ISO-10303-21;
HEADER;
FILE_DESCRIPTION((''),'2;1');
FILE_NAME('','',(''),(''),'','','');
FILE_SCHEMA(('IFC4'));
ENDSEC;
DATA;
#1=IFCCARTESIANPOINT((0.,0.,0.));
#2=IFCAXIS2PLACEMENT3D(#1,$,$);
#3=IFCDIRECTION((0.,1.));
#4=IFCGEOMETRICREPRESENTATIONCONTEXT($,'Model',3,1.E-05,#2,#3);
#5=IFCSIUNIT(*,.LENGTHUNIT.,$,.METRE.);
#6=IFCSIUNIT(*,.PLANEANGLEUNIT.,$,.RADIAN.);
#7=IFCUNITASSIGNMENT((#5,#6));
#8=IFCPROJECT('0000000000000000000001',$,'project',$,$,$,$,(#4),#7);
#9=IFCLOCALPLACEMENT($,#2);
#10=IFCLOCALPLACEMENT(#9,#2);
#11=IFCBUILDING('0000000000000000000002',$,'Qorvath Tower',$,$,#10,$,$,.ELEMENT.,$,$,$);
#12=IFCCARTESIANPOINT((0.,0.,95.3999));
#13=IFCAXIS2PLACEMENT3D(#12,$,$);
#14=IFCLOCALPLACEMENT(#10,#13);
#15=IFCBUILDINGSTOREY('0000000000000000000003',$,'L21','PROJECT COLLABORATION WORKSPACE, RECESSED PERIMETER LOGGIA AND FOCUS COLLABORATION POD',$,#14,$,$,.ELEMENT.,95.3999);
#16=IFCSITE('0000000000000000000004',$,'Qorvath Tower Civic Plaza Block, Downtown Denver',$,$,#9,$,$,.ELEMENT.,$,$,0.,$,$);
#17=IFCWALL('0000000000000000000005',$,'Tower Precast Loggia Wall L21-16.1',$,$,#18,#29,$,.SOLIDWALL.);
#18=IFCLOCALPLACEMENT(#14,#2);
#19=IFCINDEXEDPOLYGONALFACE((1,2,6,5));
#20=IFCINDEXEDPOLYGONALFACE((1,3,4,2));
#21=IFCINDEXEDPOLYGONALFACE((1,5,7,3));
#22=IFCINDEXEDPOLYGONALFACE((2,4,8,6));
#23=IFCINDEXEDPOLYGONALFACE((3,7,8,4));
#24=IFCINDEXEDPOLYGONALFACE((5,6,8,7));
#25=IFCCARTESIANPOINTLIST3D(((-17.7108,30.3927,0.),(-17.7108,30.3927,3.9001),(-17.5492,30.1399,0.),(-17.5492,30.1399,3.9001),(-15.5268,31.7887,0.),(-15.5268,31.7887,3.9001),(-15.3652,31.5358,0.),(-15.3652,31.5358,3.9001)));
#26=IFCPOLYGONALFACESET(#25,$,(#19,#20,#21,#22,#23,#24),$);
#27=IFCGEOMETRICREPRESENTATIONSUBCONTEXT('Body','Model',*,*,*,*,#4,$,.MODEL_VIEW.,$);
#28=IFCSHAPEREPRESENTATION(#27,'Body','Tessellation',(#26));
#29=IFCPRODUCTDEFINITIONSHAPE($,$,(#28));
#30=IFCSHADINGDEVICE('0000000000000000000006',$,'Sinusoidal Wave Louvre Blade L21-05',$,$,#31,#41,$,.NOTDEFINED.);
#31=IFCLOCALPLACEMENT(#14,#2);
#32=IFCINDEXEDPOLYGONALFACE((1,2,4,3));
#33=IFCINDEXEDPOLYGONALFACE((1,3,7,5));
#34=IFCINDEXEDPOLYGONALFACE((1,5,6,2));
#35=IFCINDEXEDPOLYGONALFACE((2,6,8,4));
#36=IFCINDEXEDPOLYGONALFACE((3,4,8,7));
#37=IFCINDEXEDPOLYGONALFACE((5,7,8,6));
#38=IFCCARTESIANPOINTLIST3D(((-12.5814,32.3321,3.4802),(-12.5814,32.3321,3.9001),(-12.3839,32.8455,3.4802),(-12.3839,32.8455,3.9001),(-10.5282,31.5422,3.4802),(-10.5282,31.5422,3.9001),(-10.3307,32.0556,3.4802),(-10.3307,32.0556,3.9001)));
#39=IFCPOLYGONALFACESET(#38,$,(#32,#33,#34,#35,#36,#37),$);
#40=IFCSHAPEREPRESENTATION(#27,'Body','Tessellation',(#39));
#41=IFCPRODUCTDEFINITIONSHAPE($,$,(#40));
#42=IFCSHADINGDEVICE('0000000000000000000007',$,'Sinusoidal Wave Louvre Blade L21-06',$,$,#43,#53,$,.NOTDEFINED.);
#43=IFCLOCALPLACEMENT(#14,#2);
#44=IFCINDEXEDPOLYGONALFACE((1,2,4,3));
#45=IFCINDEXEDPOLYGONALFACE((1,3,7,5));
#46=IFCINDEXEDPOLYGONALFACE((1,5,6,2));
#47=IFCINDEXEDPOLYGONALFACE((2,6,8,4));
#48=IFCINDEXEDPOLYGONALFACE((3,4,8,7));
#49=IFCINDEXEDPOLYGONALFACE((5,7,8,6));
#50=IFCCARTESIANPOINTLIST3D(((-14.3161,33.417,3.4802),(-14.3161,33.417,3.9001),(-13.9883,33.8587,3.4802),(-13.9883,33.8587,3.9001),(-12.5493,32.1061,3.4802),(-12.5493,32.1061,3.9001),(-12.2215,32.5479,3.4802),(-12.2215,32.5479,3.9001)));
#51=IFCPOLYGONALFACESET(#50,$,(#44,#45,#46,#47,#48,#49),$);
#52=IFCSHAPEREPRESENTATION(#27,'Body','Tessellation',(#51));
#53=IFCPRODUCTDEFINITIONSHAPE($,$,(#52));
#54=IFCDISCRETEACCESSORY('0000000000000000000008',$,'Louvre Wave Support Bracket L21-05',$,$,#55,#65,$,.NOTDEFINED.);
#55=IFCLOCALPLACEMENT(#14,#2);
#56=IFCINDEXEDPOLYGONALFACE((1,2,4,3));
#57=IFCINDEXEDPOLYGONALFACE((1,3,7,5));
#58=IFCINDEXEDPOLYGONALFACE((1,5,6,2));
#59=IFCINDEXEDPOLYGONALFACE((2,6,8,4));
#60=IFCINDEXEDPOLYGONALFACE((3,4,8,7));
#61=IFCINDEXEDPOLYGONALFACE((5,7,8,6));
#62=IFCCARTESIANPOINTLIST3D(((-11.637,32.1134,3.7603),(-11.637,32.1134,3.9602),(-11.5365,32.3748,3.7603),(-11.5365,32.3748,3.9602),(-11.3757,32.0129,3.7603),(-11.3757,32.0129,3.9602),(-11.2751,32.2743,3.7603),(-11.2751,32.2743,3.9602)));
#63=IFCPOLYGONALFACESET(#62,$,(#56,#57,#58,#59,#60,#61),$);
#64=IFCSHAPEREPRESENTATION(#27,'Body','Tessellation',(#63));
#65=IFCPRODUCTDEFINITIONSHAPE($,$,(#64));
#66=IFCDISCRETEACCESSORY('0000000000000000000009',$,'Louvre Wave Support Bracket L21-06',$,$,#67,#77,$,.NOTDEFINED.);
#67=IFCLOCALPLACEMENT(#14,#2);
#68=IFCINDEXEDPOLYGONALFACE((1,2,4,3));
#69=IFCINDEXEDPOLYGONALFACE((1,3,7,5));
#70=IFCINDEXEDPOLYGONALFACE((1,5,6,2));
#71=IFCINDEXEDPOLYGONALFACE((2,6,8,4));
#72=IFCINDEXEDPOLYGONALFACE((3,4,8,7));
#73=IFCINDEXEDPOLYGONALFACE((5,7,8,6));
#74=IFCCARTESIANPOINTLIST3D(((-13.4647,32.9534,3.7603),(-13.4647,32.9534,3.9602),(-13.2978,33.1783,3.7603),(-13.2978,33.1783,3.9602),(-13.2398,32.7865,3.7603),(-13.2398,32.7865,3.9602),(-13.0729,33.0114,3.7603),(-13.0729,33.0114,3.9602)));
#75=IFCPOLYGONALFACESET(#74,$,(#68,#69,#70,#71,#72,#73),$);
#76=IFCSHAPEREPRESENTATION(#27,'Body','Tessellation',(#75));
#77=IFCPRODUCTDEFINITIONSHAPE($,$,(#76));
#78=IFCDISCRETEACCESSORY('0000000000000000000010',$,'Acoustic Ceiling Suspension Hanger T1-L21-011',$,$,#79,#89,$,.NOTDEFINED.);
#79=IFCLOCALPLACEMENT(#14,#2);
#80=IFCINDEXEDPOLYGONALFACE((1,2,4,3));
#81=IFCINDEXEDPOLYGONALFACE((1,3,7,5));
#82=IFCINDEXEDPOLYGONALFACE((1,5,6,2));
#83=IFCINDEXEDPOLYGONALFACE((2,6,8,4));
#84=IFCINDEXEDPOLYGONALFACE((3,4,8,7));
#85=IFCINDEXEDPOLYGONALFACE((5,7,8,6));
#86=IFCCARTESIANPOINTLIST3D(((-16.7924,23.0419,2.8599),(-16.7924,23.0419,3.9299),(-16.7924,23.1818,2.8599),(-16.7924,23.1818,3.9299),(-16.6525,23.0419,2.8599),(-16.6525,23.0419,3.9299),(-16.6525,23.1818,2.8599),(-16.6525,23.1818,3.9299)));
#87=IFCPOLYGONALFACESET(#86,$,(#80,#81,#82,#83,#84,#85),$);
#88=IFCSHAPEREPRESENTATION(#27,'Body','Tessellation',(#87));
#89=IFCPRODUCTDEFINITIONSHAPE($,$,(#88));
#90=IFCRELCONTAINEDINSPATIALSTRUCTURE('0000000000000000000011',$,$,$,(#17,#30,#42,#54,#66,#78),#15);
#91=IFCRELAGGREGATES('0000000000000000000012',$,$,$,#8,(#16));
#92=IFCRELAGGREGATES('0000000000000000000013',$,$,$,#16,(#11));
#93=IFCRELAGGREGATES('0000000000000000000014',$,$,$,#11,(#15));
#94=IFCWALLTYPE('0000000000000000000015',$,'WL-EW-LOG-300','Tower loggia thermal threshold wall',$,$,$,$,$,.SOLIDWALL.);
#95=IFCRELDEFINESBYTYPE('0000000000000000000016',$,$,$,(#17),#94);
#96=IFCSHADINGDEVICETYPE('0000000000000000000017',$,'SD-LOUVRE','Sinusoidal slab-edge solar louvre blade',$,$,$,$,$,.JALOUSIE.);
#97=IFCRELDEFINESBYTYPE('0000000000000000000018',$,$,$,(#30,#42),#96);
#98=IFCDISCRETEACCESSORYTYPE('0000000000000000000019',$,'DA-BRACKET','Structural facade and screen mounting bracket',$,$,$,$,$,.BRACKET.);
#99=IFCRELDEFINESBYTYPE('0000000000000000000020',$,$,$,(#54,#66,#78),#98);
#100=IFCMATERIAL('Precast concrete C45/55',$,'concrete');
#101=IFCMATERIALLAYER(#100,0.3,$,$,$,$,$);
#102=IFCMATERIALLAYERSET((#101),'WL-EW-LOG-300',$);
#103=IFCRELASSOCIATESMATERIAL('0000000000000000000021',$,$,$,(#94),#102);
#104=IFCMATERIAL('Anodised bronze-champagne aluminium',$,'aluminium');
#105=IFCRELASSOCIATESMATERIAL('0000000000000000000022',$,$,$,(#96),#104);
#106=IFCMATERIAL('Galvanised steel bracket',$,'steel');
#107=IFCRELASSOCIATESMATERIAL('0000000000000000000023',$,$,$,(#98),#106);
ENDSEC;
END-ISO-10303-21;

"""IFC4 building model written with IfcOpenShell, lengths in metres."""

from ifc_helpers import new_model, si_unit, direction, frame, frame_2d, origin, origin_2d, place, context, subcontext, project, spatial, rectangle, extrude, material, layer, layer_set, type_object, element, save


model = new_model("IFC4")

# Units and contexts
model_context = context("Model", 3, precision=1e-05, world=origin(), true_north=direction((0.0, 1.0)))
body_context = subcontext(model_context, "Body", "Model", "MODEL_VIEW")
ifc_project = project(units=[si_unit("LENGTHUNIT", "METRE"), si_unit("PLANEANGLEUNIT", "RADIAN")], contexts=[model_context])

# Site, building, storey
site_placement = place(None, origin())
site = spatial("IfcSite", under=ifc_project, at=site_placement, Name="Qorvath Tower Civic Plaza Block, Downtown Denver", CompositionType="ELEMENT", RefElevation=0.0)
building_placement = place(site_placement, origin())
building = spatial("IfcBuilding", under=site, at=building_placement, Name="Qorvath Tower", CompositionType="ELEMENT")
storey_placement = place(building_placement, frame((0.0, 0.0, 95.3999)))
storey = spatial("IfcBuildingStorey", under=building, at=storey_placement, Name="L21", Description="PROJECT COLLABORATION WORKSPACE, RECESSED PERIMETER LOGGIA AND FOCUS COLLABORATION POD", CompositionType="ELEMENT", Elevation=95.3999)

# Wall
ifc_material_1 = material(Name="Precast concrete C45/55", Category="concrete")
ifc_layer_1 = layer(ifc_material_1, 0.3)
ifc_layer_set_1 = layer_set([ifc_layer_1], Name="WL-EW-LOG-300")
wall_type_1 = type_object("IfcWallType", Name="WL-EW-LOG-300", Description="Tower loggia thermal threshold wall", PredefinedType="SOLIDWALL", material=ifc_layer_set_1)
wall_1_placement = place(storey_placement, frame((-17.6299, 30.2664, 0.0), z_axis=(0.0, 0.0, 1.0), x_axis=(0.842589, 0.538556, 0.0)))
element("IfcWall", 1, at=wall_1_placement, inside=storey, type_object=wall_type_1, Name="Tower Precast Loggia Wall L21-16.1", PredefinedType="SOLIDWALL", context=body_context, shape_type="SweptSolid", body=[
    extrude(rectangle(XDim=2.592, YDim=0.3, at=frame_2d((1.2959, 0.0))), origin(), (0.0, 0.0, 1.0), 3.9001),
])

# Shading devices
ifc_material_2 = material(Name="Anodised bronze-champagne aluminium", Category="aluminium")
shading_device_type = type_object("IfcShadingDeviceType", Name="SD-LOUVRE", Description="Sinusoidal slab-edge solar louvre blade", PredefinedType="JALOUSIE", material=ifc_material_2)
for number, where, z_axis, x_axis, name in (
    (2, (-11.4561, 32.1938, 3.4802), (0.0, 0.0, 1.0), (-0.933311, 0.359068, 0.0), "Sinusoidal Wave Louvre Blade L21-05"),
    (3, (-13.2688, 32.9824, 3.4802), (0.0, 0.0, 1.0), (-0.803104, 0.595839, 0.0), "Sinusoidal Wave Louvre Blade L21-06"),
):
    element("IfcShadingDevice", number, at=place(storey_placement, frame(where, z_axis=z_axis, x_axis=x_axis)), inside=storey, type_object=shading_device_type, Name=name, PredefinedType="NOTDEFINED", context=body_context, shape_type="SweptSolid", body=[
        extrude(rectangle(XDim=2.2, YDim=0.55, at=origin_2d()), origin(), (0.0, 0.0, 1.0), 0.4199),
    ])

# Discrete accessories
ifc_material_3 = material(Name="Galvanised steel bracket", Category="steel")
discrete_accessory_type = type_object("IfcDiscreteAccessoryType", Name="DA-BRACKET", Description="Structural facade and screen mounting bracket", PredefinedType="BRACKET", material=ifc_material_3)
for number, where, z_axis, x_axis, name in (
    (4, (-11.4561, 32.1938, 3.7603), (0.0, 0.0, 1.0), (-0.933311, 0.359068, 0.0), "Louvre Wave Support Bracket L21-05"),
    (5, (-13.2688, 32.9824, 3.7603), (0.0, 0.0, 1.0), (-0.803104, 0.595839, 0.0), "Louvre Wave Support Bracket L21-06"),
):
    element("IfcDiscreteAccessory", number, at=place(storey_placement, frame(where, z_axis=z_axis, x_axis=x_axis)), inside=storey, type_object=discrete_accessory_type, Name=name, PredefinedType="NOTDEFINED", context=body_context, shape_type="SweptSolid", body=[
        extrude(rectangle(XDim=0.28, YDim=0.28, at=origin_2d()), origin(), (0.0, 0.0, 1.0), 0.2),
    ])
discrete_accessory_placement = place(storey_placement, frame((-16.7224, 23.1118, 2.8599), z_axis=(0.0, 0.0, 1.0), x_axis=(1.0, 0.0, 0.0)))
element("IfcDiscreteAccessory", 6, at=discrete_accessory_placement, inside=storey, type_object=discrete_accessory_type, Name="Acoustic Ceiling Suspension Hanger T1-L21-011", PredefinedType="NOTDEFINED", context=body_context, shape_type="SweptSolid", body=[
    extrude(rectangle(XDim=0.1399, YDim=0.1399, at=origin_2d()), origin(), (0.0, 0.0, 1.0), 1.0701),
])

save(model, "model.ifc")
